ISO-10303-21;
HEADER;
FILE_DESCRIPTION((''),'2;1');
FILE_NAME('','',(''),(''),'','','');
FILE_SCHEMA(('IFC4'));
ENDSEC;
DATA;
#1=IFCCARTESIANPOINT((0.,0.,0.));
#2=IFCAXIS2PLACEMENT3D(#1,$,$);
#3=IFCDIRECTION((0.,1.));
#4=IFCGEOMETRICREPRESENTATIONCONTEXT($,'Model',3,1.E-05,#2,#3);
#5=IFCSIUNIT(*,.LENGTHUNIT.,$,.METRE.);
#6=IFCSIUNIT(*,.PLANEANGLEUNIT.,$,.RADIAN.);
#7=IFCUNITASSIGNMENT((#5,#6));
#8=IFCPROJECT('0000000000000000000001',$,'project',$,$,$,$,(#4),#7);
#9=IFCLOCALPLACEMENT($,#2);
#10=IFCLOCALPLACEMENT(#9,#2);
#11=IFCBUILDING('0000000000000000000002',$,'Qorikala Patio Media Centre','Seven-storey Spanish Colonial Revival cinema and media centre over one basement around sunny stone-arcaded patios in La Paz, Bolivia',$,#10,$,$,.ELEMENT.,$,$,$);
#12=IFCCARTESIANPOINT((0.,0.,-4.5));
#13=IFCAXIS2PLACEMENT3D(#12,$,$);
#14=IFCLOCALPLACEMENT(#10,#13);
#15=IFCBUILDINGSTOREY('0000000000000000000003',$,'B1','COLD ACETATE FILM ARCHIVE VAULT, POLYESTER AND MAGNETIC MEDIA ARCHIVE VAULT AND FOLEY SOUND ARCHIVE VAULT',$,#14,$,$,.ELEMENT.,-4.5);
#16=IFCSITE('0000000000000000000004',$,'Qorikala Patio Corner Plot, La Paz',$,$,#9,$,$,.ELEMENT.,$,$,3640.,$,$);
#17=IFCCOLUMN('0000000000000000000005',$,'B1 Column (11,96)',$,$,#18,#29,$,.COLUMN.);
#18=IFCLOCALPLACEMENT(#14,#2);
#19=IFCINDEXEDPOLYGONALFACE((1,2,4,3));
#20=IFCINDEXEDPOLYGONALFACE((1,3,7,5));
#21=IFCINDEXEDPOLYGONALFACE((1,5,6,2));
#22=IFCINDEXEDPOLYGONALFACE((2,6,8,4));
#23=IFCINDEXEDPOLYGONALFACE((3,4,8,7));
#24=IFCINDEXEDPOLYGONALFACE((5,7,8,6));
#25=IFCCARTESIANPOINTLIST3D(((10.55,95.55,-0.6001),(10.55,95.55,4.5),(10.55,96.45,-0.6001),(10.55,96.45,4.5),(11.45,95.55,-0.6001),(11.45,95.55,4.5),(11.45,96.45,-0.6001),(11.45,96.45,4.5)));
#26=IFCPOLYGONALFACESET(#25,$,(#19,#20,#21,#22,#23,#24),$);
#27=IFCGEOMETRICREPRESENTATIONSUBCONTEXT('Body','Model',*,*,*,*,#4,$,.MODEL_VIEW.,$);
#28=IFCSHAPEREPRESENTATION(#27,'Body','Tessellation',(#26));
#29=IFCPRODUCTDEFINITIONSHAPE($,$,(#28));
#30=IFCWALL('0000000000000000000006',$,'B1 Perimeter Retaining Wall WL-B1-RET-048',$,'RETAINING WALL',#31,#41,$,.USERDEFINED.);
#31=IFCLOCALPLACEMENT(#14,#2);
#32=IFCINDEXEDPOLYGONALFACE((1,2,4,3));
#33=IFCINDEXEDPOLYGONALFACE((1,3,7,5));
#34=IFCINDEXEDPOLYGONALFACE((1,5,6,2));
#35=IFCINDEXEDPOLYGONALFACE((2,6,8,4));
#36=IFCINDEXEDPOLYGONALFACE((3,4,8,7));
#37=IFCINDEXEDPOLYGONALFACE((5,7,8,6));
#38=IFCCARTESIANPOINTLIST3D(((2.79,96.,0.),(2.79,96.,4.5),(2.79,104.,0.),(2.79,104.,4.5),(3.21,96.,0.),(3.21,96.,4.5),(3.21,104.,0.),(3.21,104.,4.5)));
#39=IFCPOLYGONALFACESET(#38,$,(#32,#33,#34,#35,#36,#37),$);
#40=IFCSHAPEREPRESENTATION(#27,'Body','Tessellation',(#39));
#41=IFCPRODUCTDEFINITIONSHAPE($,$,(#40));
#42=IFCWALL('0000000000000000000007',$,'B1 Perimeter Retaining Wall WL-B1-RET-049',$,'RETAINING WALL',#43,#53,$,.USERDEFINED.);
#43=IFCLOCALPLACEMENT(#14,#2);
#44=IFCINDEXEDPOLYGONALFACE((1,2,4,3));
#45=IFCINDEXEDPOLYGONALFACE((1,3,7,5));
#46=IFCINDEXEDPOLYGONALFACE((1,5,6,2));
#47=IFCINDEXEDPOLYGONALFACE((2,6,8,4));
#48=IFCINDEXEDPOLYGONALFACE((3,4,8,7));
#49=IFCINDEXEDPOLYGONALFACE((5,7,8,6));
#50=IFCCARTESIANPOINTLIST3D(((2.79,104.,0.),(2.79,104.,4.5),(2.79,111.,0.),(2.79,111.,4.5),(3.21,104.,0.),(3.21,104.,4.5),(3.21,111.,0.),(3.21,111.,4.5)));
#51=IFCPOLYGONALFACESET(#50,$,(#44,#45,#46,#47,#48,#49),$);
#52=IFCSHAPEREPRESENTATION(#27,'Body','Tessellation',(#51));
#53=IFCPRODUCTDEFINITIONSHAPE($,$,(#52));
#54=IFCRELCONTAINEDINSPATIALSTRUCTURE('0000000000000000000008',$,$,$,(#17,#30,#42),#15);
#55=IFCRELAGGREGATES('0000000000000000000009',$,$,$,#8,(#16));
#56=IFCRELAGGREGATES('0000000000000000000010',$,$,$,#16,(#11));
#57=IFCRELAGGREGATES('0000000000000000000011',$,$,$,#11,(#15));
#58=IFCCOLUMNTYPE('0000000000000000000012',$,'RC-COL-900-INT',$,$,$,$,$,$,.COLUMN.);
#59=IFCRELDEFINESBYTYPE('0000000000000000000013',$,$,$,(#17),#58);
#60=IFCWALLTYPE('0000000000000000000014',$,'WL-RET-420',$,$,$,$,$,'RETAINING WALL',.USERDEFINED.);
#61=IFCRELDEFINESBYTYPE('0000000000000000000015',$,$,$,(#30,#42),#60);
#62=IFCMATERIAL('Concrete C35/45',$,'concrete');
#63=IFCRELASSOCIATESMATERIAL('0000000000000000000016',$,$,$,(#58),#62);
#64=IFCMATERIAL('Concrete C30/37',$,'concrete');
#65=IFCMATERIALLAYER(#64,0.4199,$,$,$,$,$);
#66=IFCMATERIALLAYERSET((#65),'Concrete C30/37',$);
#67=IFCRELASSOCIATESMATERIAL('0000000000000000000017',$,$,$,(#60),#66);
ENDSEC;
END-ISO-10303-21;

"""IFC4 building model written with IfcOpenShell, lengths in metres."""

from ifc_helpers import new_model, si_unit, direction, frame, frame_2d, origin, origin_2d, place, context, subcontext, project, spatial, rectangle, extrude, material, layer, layer_set, material_profile, profile_set, type_object, element, save


model = new_model("IFC4")

# Units and contexts
model_context = context("Model", 3, precision=1e-05, world=origin(), true_north=direction((0.0, 1.0)))
body_context = subcontext(model_context, "Body", "Model", "MODEL_VIEW")
ifc_project = project(units=[si_unit("LENGTHUNIT", "METRE"), si_unit("PLANEANGLEUNIT", "RADIAN")], contexts=[model_context])

# Site, building, storey
site_placement = place(None, origin())
site = spatial("IfcSite", under=ifc_project, at=site_placement, Name="Qorikala Patio Corner Plot, La Paz", CompositionType="ELEMENT", RefElevation=3640.0)
building_placement = place(site_placement, origin())
building = spatial("IfcBuilding", under=site, at=building_placement, Name="Qorikala Patio Media Centre", Description="Seven-storey Spanish Colonial Revival cinema and media centre over one basement around sunny stone-arcaded patios in La Paz, Bolivia", CompositionType="ELEMENT")
storey_placement = place(building_placement, frame((0.0, 0.0, -4.5)))
storey = spatial("IfcBuildingStorey", under=building, at=storey_placement, Name="B1", Description="COLD ACETATE FILM ARCHIVE VAULT, POLYESTER AND MAGNETIC MEDIA ARCHIVE VAULT AND FOLEY SOUND ARCHIVE VAULT", CompositionType="ELEMENT", Elevation=-4.5)

# Shared definitions
ifc_material_1 = material(Name="Concrete C30/37", Category="concrete")

# Column
ifc_material_2 = material(Name="Concrete C35/45", Category="concrete")
ifc_material_profile_1 = material_profile(ifc_material_2, rectangle(XDim=0.8999, YDim=0.8999, at=origin_2d()), Name="RC 900x900")
ifc_profile_set_1 = profile_set([ifc_material_profile_1], Name="Concrete C35/45")
column_type_1 = type_object("IfcColumnType", Name="RC-COL-900-INT", PredefinedType="COLUMN", material=ifc_profile_set_1)
column_placement = place(storey_placement, frame((11.0, 96.0, -0.6001), z_axis=(0.0, 0.0, 1.0), x_axis=(1.0, 0.0, 0.0)))
element("IfcColumn", 1, at=column_placement, inside=storey, type_object=column_type_1, Name="B1 Column (11,96)", PredefinedType="COLUMN", context=body_context, shape_type="SweptSolid", body=[
    extrude(rectangle(XDim=0.8999, YDim=0.8999, at=origin_2d()), origin(), (0.0, 0.0, 1.0), 5.1001),
])

# Walls
ifc_layer_1 = layer(ifc_material_1, 0.4199)
ifc_layer_set_1 = layer_set([ifc_layer_1], Name="Concrete C30/37")
wall_type = type_object("IfcWallType", Name="WL-RET-420", ElementType="RETAINING WALL", PredefinedType="USERDEFINED", material=ifc_layer_set_1)
wall_1_placement = place(storey_placement, frame((3.0, 96.0, 0.0), z_axis=(0.0, 0.0, 1.0), x_axis=(0.0, 1.0, 0.0)))
element("IfcWall", 2, at=wall_1_placement, inside=storey, type_object=wall_type, Name="B1 Perimeter Retaining Wall WL-B1-RET-048", ObjectType="RETAINING WALL", PredefinedType="USERDEFINED", context=body_context, shape_type="SweptSolid", body=[
    extrude(rectangle(XDim=8.0, YDim=0.4199, at=frame_2d((4.0, 0.0))), origin(), (0.0, 0.0, 1.0), 4.5),
])
wall_2_placement = place(storey_placement, frame((3.0, 104.0, 0.0), z_axis=(0.0, 0.0, 1.0), x_axis=(0.0, 1.0, 0.0)))
element("IfcWall", 3, at=wall_2_placement, inside=storey, type_object=wall_type, Name="B1 Perimeter Retaining Wall WL-B1-RET-049", ObjectType="RETAINING WALL", PredefinedType="USERDEFINED", context=body_context, shape_type="SweptSolid", body=[
    extrude(rectangle(XDim=7.0, YDim=0.4199, at=frame_2d((3.5, 0.0))), origin(), (0.0, 0.0, 1.0), 4.5),
])

save(model, "model.ifc")
